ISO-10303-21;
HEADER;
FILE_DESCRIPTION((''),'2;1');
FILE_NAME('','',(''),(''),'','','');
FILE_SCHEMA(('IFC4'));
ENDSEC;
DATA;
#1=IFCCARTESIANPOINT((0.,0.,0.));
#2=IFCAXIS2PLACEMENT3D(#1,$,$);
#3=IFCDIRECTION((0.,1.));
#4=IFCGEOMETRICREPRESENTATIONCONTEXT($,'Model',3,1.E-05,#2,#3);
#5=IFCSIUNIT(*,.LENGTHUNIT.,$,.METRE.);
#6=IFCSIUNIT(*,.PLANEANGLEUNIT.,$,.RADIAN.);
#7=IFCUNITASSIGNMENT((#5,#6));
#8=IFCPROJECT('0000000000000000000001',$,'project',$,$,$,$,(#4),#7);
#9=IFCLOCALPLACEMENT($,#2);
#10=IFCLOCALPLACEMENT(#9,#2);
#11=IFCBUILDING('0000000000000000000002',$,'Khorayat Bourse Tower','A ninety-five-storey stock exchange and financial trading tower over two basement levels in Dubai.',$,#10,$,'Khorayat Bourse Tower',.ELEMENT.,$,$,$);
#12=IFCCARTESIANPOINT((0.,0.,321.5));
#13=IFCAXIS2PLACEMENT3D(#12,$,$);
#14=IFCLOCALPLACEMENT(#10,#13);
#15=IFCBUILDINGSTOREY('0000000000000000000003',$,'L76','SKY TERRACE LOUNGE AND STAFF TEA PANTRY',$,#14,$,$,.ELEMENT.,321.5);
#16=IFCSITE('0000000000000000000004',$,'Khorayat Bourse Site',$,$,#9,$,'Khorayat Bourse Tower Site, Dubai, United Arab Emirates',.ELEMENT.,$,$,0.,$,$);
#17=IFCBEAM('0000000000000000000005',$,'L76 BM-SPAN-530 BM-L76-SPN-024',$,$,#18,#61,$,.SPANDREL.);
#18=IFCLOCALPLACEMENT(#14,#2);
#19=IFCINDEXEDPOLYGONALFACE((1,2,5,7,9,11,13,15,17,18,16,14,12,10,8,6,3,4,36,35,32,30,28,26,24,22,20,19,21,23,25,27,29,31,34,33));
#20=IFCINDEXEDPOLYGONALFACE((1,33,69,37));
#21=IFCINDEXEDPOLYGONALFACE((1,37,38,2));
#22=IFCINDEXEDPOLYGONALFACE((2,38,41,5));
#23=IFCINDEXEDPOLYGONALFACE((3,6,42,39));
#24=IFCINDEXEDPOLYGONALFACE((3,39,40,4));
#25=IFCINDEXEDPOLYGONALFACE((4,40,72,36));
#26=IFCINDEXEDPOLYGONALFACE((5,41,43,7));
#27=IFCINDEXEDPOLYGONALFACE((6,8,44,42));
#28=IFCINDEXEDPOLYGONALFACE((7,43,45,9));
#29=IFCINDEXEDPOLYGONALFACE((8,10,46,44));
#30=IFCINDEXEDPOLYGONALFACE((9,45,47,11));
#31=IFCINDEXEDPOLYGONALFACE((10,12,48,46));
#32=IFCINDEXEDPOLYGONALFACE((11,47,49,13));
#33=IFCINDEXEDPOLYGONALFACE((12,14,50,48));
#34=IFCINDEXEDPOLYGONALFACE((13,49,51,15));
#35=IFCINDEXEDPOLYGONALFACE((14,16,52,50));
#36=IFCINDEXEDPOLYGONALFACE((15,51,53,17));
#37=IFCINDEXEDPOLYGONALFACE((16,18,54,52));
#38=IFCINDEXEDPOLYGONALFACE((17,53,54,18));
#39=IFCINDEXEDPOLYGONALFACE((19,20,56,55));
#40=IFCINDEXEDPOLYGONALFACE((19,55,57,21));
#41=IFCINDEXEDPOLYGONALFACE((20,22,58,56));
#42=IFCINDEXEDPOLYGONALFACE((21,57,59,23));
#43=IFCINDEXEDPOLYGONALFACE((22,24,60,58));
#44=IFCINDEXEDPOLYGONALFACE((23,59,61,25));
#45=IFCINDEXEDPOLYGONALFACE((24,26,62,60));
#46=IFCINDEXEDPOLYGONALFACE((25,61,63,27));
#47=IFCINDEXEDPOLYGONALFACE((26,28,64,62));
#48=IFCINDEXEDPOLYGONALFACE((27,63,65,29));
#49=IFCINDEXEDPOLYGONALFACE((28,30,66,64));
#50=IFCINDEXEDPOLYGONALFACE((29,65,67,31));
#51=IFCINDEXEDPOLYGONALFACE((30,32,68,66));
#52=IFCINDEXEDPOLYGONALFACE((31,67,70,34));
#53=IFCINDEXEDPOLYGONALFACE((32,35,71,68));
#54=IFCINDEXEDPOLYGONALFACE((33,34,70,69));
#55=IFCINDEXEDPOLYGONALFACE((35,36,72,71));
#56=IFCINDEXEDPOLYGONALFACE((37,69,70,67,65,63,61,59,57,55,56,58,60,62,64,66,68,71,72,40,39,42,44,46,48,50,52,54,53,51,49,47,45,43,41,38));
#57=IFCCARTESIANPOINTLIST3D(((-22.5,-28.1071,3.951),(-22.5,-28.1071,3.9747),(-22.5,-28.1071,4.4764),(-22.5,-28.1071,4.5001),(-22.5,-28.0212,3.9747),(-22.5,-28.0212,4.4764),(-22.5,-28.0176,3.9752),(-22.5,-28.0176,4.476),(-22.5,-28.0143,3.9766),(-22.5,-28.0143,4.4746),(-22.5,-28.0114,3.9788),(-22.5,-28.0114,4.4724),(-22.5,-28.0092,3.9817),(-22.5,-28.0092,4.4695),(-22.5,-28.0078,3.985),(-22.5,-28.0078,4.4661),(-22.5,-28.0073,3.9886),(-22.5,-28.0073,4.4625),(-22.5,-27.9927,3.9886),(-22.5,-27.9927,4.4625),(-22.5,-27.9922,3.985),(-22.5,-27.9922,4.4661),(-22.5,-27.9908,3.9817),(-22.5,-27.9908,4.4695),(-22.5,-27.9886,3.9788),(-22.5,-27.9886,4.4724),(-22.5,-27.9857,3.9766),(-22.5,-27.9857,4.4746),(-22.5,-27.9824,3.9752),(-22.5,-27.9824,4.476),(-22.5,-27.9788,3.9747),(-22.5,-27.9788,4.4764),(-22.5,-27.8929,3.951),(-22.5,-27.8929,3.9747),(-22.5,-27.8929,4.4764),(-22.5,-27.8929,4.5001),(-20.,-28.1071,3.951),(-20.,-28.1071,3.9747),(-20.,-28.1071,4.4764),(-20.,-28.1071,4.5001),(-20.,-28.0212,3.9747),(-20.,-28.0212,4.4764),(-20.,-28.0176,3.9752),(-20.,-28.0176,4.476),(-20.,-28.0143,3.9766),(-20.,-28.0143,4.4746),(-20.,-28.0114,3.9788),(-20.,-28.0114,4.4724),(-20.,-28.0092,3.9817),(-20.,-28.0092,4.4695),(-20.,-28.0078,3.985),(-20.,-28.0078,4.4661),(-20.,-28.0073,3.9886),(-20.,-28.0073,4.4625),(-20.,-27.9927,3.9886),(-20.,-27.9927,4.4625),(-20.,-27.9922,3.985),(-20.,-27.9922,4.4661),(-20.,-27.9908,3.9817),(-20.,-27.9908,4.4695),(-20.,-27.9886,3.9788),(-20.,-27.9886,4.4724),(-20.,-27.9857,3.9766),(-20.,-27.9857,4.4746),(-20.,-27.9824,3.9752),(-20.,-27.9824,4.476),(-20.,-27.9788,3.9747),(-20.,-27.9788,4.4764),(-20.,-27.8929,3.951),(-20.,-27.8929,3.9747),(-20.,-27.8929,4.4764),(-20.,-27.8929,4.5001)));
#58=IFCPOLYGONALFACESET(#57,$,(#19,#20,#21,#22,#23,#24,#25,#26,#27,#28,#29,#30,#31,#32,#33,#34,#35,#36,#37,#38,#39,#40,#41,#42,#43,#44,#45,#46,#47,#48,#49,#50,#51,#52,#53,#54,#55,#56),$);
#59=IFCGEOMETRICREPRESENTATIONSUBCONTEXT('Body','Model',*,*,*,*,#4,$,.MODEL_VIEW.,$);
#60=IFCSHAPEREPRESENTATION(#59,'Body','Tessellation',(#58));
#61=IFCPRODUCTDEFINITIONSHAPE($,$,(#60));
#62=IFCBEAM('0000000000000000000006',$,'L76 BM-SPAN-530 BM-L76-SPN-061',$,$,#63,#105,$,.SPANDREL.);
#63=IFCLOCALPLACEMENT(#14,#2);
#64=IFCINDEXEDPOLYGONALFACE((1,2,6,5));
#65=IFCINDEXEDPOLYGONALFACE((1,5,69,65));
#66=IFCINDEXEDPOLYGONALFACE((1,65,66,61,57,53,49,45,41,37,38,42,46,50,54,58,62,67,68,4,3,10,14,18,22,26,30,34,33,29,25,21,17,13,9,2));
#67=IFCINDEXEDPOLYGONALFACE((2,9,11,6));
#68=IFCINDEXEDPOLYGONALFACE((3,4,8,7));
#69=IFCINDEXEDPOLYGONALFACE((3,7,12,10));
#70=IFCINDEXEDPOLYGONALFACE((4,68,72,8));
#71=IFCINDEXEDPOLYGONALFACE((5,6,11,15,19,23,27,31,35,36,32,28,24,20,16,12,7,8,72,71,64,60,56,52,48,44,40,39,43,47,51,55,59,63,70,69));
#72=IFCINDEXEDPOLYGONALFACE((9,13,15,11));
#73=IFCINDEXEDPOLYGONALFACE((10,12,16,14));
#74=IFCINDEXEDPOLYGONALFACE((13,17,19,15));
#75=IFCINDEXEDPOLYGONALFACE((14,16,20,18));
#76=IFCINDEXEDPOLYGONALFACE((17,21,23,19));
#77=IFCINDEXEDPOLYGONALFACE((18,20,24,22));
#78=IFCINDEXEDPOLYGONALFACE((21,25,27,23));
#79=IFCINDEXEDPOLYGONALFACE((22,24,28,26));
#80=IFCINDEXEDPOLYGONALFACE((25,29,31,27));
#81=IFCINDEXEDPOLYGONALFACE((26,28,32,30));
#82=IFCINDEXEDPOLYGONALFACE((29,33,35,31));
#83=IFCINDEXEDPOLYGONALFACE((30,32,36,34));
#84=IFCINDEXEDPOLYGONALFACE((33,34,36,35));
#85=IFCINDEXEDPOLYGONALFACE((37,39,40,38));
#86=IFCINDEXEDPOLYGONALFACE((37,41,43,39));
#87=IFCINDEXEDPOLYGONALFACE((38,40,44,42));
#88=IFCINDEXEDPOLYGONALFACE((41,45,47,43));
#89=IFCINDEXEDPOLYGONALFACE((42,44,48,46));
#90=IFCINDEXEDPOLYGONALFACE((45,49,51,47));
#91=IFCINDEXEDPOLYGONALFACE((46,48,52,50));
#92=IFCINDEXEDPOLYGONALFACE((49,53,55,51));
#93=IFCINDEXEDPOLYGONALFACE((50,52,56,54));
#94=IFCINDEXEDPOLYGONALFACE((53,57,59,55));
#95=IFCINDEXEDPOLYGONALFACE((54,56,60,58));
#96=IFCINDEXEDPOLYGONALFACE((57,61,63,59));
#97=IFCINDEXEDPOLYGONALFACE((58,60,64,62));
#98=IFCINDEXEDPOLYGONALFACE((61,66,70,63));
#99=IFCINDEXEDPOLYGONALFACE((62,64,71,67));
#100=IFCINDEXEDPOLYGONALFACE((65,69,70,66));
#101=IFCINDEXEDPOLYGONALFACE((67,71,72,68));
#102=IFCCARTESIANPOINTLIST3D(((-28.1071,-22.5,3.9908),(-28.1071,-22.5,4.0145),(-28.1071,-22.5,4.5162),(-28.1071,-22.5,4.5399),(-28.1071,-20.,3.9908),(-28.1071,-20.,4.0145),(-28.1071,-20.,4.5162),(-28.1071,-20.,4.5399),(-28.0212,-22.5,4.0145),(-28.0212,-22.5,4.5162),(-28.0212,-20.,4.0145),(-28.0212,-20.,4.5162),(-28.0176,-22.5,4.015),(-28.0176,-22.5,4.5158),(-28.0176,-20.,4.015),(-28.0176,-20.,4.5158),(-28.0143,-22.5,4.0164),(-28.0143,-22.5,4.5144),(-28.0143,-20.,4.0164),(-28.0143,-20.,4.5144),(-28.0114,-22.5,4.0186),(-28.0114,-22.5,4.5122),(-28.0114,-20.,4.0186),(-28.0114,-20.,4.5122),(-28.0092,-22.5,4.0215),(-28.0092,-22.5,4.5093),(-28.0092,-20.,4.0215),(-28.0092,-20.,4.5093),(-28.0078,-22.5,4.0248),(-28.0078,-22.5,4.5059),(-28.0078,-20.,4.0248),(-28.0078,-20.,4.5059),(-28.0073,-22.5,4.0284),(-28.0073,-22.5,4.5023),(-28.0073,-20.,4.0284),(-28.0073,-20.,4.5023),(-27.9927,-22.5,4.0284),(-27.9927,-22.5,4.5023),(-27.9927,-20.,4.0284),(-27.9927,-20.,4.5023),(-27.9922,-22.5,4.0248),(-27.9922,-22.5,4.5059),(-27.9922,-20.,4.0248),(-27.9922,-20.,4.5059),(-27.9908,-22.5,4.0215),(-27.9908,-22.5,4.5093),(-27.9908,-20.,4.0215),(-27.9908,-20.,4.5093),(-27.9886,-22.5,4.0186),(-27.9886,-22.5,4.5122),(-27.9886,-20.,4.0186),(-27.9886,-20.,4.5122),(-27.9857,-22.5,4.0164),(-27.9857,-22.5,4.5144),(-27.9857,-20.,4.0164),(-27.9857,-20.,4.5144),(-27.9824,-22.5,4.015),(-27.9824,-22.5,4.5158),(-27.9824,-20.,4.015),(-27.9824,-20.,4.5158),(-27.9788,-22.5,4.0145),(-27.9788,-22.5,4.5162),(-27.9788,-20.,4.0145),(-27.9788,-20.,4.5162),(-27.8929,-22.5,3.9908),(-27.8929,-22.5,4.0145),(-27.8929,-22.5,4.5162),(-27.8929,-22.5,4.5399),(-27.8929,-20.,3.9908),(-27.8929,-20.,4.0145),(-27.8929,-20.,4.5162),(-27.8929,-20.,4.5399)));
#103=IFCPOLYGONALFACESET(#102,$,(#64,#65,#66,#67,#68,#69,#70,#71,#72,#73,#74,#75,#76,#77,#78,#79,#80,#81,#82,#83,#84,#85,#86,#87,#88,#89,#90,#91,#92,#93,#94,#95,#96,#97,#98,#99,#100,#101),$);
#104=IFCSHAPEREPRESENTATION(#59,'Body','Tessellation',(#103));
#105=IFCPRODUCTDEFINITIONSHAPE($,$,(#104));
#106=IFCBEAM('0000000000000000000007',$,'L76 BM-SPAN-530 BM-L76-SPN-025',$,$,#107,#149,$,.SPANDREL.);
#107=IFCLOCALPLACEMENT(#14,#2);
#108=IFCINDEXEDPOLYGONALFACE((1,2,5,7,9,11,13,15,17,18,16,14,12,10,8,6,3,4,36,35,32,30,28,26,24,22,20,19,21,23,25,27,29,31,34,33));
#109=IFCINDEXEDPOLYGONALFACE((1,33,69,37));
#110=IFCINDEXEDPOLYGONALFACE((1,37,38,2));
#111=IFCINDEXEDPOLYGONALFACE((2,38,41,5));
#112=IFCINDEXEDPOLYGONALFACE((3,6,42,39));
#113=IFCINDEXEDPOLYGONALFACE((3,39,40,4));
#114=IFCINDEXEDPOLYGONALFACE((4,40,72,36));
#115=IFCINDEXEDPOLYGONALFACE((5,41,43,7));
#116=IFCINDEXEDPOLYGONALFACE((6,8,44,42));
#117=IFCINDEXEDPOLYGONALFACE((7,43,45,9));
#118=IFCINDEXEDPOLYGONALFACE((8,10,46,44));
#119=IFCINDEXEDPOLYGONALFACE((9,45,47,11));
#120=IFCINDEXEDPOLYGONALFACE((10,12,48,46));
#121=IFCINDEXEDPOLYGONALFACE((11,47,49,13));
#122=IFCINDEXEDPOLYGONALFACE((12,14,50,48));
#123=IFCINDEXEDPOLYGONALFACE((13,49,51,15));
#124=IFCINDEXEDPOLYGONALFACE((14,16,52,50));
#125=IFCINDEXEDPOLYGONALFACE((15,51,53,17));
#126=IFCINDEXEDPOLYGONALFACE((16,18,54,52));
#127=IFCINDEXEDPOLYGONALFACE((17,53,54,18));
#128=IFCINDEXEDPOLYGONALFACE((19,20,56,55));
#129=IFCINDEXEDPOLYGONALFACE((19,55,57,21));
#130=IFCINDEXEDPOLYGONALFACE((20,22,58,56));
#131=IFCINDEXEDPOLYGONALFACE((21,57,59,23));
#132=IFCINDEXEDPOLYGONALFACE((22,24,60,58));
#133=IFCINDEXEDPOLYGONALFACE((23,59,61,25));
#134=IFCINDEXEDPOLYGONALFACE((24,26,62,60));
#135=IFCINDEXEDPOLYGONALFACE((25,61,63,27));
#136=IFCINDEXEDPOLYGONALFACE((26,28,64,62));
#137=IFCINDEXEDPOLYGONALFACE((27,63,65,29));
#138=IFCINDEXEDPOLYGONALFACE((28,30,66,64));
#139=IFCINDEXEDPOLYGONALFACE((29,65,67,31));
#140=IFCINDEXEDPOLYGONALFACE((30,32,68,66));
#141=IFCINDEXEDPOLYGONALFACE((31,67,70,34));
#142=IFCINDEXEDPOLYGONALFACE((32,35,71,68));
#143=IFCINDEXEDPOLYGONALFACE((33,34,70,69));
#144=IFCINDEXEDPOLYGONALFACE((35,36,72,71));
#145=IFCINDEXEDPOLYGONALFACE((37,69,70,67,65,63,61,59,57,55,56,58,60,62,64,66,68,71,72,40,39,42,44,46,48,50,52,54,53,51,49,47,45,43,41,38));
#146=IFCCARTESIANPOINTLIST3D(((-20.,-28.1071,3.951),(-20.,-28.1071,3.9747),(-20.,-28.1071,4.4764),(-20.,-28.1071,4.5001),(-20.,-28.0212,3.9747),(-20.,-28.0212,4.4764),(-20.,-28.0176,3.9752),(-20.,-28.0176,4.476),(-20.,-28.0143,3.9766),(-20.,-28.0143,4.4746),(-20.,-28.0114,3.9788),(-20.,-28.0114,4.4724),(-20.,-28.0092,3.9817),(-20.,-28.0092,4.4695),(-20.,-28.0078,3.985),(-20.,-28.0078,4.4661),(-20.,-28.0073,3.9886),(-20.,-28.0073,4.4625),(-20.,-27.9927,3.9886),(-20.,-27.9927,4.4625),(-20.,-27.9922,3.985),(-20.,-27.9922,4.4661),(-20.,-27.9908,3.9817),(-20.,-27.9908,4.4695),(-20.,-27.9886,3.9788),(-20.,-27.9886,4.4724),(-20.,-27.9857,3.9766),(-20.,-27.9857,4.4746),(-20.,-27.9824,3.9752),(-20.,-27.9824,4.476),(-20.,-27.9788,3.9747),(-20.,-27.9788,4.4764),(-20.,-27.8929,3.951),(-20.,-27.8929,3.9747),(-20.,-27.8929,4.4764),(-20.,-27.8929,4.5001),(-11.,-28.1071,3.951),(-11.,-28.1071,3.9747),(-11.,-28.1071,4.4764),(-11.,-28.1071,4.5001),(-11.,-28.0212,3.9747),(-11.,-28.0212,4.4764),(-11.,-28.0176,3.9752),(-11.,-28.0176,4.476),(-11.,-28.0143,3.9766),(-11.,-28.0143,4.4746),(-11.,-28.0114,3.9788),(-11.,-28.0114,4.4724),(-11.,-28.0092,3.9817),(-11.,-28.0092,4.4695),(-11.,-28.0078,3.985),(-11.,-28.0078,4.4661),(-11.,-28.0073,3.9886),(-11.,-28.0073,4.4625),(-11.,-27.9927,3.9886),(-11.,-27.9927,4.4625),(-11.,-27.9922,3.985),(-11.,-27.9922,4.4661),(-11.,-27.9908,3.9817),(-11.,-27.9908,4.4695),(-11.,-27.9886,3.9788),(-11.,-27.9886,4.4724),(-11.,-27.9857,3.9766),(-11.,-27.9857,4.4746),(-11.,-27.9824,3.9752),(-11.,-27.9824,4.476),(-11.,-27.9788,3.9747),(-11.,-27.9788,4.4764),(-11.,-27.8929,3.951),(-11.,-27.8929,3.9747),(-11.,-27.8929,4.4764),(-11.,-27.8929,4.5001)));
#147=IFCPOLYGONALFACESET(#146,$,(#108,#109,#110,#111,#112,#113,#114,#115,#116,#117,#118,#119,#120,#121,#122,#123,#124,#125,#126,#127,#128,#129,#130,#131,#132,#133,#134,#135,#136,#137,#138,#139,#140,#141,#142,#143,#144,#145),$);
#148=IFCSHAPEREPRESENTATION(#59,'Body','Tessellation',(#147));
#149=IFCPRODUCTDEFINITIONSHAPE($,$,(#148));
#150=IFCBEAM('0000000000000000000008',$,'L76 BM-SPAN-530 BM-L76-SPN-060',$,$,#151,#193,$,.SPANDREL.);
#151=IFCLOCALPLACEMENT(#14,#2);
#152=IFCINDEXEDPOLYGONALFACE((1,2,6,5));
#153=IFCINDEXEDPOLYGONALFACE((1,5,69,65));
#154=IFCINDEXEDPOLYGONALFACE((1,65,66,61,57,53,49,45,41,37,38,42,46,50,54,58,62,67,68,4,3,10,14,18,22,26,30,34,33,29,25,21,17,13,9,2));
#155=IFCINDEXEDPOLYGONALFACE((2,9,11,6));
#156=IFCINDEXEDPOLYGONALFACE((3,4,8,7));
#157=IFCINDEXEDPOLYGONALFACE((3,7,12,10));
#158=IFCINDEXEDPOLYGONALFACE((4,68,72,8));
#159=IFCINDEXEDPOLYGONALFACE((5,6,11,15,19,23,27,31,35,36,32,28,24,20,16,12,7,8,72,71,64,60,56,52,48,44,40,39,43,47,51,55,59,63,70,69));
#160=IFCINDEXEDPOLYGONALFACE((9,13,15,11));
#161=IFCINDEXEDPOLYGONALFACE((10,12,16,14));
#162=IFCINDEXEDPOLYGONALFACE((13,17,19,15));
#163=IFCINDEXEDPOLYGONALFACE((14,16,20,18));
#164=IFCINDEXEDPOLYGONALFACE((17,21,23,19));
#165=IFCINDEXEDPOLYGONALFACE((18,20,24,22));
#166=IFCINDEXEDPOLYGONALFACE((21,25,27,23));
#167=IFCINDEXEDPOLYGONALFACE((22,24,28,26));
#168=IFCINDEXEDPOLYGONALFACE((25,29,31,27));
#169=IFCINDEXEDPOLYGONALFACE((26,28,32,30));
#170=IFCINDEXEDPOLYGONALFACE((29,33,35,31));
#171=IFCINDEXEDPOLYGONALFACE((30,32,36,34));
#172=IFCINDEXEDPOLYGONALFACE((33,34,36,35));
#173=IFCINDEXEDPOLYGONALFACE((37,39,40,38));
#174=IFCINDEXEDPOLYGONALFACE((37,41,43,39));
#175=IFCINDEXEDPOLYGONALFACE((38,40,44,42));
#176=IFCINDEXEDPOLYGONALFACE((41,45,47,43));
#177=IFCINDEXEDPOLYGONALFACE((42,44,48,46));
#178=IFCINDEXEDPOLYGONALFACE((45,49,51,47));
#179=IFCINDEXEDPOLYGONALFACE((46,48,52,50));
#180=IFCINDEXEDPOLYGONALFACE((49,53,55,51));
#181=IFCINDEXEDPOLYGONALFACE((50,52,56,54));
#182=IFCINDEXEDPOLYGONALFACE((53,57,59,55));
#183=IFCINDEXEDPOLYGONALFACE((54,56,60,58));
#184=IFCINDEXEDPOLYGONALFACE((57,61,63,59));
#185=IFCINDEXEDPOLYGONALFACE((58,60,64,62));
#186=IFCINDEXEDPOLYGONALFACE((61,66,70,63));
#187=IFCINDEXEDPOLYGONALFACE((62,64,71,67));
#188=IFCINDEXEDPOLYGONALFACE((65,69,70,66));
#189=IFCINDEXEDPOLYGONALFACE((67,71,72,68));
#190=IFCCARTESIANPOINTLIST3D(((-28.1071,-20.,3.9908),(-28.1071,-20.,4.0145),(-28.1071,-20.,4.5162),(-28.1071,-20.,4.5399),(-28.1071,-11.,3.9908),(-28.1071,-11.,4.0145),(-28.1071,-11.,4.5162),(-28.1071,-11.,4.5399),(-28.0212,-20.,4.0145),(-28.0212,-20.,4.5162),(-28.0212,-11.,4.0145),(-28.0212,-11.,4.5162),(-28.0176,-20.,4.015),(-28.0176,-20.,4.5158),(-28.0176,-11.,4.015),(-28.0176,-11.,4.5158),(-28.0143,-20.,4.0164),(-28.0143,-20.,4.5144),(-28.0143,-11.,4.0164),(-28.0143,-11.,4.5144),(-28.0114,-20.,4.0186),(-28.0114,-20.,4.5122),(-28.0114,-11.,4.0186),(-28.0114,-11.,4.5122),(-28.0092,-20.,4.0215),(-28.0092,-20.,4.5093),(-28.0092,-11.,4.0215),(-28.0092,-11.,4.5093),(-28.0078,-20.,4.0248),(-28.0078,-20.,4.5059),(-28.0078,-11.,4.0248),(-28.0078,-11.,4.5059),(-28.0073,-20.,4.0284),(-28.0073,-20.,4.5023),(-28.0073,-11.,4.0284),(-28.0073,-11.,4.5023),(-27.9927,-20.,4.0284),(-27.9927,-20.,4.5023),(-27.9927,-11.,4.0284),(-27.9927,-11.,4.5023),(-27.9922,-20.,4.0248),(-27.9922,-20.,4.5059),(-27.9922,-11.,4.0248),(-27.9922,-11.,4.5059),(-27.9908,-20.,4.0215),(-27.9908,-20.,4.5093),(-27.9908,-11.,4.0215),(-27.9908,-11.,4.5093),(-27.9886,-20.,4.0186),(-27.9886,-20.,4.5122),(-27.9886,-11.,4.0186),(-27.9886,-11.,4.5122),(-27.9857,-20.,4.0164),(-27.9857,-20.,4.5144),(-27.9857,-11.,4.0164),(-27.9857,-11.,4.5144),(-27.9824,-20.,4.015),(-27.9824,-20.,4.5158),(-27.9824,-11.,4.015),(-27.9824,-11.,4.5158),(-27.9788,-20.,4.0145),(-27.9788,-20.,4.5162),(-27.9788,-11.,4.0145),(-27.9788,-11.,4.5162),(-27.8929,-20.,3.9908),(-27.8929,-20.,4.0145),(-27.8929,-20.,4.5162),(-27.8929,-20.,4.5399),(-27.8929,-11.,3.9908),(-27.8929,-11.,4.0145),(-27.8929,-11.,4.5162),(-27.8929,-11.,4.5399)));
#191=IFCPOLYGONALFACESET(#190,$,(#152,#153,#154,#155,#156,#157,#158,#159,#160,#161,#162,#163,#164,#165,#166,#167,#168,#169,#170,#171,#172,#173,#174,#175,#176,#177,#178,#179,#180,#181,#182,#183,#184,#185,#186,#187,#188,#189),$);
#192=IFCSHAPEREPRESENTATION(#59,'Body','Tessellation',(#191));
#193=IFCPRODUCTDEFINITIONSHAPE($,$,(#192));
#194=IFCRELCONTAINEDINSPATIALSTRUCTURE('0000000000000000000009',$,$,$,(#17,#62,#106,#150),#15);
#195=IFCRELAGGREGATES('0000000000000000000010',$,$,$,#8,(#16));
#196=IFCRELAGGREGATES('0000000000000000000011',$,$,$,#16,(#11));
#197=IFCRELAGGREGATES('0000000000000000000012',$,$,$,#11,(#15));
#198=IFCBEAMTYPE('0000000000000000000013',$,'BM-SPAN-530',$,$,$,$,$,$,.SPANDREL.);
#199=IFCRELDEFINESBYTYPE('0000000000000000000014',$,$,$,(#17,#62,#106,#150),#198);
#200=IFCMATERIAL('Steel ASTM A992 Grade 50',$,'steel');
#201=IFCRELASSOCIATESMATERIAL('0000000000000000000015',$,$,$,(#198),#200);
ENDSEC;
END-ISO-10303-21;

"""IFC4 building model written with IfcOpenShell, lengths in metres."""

from ifc_helpers import new_model, si_unit, direction, frame, origin, origin_2d, place, context, subcontext, project, spatial, i_section, extrude, source, transform, mapped, material, material_profile, profile_set, type_object, element, save


model = new_model("IFC4")

# Units and contexts
model_context = context("Model", 3, precision=1e-05, world=origin(), true_north=direction((0.0, 1.0)))
body_context = subcontext(model_context, "Body", "Model", "MODEL_VIEW")
ifc_project = project(units=[si_unit("LENGTHUNIT", "METRE"), si_unit("PLANEANGLEUNIT", "RADIAN")], contexts=[model_context])

# Site, building, storey
site_placement = place(None, origin())
site = spatial("IfcSite", under=ifc_project, at=site_placement, Name="Khorayat Bourse Site", LongName="Khorayat Bourse Tower Site, Dubai, United Arab Emirates", CompositionType="ELEMENT", RefElevation=0.0)
building_placement = place(site_placement, origin())
building = spatial("IfcBuilding", under=site, at=building_placement, Name="Khorayat Bourse Tower", Description="A ninety-five-storey stock exchange and financial trading tower over two basement levels in Dubai.", LongName="Khorayat Bourse Tower", CompositionType="ELEMENT")
storey_placement = place(building_placement, frame((0.0, 0.0, 321.5)))
storey = spatial("IfcBuildingStorey", under=building, at=storey_placement, Name="L76", Description="SKY TERRACE LOUNGE AND STAFF TEA PANTRY", CompositionType="ELEMENT", Elevation=321.5)

# Beams
ifc_material_1 = material(Name="Steel ASTM A992 Grade 50", Category="steel")
ifc_material_profile_1 = material_profile(ifc_material_1, i_section(OverallWidth=0.2141, OverallDepth=0.5491, WebThickness=0.0146, FlangeThickness=0.0237, FilletRadius=0.0139, at=origin_2d()), Name="W530X138")
ifc_profile_set_1 = profile_set([ifc_material_profile_1], Name="Steel ASTM A992 Grade 50")
beam_type_1 = type_object("IfcBeamType", Name="BM-SPAN-530", PredefinedType="SPANDREL", material=ifc_profile_set_1)
shared_shape_1 = source(origin(), body_context, "Body", "SweptSolid", [
    extrude(i_section(OverallWidth=0.2141, OverallDepth=0.5491, WebThickness=0.0146, FlangeThickness=0.0237, FilletRadius=0.0139, at=origin_2d()), origin(), (0.0, 0.0, 1.0), 2.5),
])
for number, where, z_axis, x_axis, name in (
    (1, (-22.5, -28.0, 4.2256), (1.0, 0.0, 0.0), (0.0, 1.0, 0.0), "L76 BM-SPAN-530 BM-L76-SPN-024"),
    (2, (-28.0, -22.5, 4.2654), (0.0, 1.0, 0.0), (-1.0, 0.0, 0.0), "L76 BM-SPAN-530 BM-L76-SPN-061"),
):
    element("IfcBeam", number, at=place(storey_placement, frame(where, z_axis=z_axis, x_axis=x_axis)), inside=storey, type_object=beam_type_1, Name=name, PredefinedType="SPANDREL", context=body_context, shape_type="MappedRepresentation", body=[
        mapped(shared_shape_1, transform((0.0, 0.0, 0.0), scale=1.0)),
    ])
shared_shape_2 = source(origin(), body_context, "Body", "SweptSolid", [
    extrude(i_section(OverallWidth=0.2141, OverallDepth=0.5491, WebThickness=0.0146, FlangeThickness=0.0237, FilletRadius=0.0139, at=origin_2d()), origin(), (0.0, 0.0, 1.0), 9.0),
])
for number, where, z_axis, x_axis, name in (
    (3, (-20.0, -28.0, 4.2256), (1.0, 0.0, 0.0), (0.0, 1.0, 0.0), "L76 BM-SPAN-530 BM-L76-SPN-025"),
    (4, (-28.0, -20.0, 4.2654), (0.0, 1.0, 0.0), (-1.0, 0.0, 0.0), "L76 BM-SPAN-530 BM-L76-SPN-060"),
):
    element("IfcBeam", number, at=place(storey_placement, frame(where, z_axis=z_axis, x_axis=x_axis)), inside=storey, type_object=beam_type_1, Name=name, PredefinedType="SPANDREL", context=body_context, shape_type="MappedRepresentation", body=[
        mapped(shared_shape_2, transform((0.0, 0.0, 0.0), scale=1.0)),
    ])

save(model, "model.ifc")
